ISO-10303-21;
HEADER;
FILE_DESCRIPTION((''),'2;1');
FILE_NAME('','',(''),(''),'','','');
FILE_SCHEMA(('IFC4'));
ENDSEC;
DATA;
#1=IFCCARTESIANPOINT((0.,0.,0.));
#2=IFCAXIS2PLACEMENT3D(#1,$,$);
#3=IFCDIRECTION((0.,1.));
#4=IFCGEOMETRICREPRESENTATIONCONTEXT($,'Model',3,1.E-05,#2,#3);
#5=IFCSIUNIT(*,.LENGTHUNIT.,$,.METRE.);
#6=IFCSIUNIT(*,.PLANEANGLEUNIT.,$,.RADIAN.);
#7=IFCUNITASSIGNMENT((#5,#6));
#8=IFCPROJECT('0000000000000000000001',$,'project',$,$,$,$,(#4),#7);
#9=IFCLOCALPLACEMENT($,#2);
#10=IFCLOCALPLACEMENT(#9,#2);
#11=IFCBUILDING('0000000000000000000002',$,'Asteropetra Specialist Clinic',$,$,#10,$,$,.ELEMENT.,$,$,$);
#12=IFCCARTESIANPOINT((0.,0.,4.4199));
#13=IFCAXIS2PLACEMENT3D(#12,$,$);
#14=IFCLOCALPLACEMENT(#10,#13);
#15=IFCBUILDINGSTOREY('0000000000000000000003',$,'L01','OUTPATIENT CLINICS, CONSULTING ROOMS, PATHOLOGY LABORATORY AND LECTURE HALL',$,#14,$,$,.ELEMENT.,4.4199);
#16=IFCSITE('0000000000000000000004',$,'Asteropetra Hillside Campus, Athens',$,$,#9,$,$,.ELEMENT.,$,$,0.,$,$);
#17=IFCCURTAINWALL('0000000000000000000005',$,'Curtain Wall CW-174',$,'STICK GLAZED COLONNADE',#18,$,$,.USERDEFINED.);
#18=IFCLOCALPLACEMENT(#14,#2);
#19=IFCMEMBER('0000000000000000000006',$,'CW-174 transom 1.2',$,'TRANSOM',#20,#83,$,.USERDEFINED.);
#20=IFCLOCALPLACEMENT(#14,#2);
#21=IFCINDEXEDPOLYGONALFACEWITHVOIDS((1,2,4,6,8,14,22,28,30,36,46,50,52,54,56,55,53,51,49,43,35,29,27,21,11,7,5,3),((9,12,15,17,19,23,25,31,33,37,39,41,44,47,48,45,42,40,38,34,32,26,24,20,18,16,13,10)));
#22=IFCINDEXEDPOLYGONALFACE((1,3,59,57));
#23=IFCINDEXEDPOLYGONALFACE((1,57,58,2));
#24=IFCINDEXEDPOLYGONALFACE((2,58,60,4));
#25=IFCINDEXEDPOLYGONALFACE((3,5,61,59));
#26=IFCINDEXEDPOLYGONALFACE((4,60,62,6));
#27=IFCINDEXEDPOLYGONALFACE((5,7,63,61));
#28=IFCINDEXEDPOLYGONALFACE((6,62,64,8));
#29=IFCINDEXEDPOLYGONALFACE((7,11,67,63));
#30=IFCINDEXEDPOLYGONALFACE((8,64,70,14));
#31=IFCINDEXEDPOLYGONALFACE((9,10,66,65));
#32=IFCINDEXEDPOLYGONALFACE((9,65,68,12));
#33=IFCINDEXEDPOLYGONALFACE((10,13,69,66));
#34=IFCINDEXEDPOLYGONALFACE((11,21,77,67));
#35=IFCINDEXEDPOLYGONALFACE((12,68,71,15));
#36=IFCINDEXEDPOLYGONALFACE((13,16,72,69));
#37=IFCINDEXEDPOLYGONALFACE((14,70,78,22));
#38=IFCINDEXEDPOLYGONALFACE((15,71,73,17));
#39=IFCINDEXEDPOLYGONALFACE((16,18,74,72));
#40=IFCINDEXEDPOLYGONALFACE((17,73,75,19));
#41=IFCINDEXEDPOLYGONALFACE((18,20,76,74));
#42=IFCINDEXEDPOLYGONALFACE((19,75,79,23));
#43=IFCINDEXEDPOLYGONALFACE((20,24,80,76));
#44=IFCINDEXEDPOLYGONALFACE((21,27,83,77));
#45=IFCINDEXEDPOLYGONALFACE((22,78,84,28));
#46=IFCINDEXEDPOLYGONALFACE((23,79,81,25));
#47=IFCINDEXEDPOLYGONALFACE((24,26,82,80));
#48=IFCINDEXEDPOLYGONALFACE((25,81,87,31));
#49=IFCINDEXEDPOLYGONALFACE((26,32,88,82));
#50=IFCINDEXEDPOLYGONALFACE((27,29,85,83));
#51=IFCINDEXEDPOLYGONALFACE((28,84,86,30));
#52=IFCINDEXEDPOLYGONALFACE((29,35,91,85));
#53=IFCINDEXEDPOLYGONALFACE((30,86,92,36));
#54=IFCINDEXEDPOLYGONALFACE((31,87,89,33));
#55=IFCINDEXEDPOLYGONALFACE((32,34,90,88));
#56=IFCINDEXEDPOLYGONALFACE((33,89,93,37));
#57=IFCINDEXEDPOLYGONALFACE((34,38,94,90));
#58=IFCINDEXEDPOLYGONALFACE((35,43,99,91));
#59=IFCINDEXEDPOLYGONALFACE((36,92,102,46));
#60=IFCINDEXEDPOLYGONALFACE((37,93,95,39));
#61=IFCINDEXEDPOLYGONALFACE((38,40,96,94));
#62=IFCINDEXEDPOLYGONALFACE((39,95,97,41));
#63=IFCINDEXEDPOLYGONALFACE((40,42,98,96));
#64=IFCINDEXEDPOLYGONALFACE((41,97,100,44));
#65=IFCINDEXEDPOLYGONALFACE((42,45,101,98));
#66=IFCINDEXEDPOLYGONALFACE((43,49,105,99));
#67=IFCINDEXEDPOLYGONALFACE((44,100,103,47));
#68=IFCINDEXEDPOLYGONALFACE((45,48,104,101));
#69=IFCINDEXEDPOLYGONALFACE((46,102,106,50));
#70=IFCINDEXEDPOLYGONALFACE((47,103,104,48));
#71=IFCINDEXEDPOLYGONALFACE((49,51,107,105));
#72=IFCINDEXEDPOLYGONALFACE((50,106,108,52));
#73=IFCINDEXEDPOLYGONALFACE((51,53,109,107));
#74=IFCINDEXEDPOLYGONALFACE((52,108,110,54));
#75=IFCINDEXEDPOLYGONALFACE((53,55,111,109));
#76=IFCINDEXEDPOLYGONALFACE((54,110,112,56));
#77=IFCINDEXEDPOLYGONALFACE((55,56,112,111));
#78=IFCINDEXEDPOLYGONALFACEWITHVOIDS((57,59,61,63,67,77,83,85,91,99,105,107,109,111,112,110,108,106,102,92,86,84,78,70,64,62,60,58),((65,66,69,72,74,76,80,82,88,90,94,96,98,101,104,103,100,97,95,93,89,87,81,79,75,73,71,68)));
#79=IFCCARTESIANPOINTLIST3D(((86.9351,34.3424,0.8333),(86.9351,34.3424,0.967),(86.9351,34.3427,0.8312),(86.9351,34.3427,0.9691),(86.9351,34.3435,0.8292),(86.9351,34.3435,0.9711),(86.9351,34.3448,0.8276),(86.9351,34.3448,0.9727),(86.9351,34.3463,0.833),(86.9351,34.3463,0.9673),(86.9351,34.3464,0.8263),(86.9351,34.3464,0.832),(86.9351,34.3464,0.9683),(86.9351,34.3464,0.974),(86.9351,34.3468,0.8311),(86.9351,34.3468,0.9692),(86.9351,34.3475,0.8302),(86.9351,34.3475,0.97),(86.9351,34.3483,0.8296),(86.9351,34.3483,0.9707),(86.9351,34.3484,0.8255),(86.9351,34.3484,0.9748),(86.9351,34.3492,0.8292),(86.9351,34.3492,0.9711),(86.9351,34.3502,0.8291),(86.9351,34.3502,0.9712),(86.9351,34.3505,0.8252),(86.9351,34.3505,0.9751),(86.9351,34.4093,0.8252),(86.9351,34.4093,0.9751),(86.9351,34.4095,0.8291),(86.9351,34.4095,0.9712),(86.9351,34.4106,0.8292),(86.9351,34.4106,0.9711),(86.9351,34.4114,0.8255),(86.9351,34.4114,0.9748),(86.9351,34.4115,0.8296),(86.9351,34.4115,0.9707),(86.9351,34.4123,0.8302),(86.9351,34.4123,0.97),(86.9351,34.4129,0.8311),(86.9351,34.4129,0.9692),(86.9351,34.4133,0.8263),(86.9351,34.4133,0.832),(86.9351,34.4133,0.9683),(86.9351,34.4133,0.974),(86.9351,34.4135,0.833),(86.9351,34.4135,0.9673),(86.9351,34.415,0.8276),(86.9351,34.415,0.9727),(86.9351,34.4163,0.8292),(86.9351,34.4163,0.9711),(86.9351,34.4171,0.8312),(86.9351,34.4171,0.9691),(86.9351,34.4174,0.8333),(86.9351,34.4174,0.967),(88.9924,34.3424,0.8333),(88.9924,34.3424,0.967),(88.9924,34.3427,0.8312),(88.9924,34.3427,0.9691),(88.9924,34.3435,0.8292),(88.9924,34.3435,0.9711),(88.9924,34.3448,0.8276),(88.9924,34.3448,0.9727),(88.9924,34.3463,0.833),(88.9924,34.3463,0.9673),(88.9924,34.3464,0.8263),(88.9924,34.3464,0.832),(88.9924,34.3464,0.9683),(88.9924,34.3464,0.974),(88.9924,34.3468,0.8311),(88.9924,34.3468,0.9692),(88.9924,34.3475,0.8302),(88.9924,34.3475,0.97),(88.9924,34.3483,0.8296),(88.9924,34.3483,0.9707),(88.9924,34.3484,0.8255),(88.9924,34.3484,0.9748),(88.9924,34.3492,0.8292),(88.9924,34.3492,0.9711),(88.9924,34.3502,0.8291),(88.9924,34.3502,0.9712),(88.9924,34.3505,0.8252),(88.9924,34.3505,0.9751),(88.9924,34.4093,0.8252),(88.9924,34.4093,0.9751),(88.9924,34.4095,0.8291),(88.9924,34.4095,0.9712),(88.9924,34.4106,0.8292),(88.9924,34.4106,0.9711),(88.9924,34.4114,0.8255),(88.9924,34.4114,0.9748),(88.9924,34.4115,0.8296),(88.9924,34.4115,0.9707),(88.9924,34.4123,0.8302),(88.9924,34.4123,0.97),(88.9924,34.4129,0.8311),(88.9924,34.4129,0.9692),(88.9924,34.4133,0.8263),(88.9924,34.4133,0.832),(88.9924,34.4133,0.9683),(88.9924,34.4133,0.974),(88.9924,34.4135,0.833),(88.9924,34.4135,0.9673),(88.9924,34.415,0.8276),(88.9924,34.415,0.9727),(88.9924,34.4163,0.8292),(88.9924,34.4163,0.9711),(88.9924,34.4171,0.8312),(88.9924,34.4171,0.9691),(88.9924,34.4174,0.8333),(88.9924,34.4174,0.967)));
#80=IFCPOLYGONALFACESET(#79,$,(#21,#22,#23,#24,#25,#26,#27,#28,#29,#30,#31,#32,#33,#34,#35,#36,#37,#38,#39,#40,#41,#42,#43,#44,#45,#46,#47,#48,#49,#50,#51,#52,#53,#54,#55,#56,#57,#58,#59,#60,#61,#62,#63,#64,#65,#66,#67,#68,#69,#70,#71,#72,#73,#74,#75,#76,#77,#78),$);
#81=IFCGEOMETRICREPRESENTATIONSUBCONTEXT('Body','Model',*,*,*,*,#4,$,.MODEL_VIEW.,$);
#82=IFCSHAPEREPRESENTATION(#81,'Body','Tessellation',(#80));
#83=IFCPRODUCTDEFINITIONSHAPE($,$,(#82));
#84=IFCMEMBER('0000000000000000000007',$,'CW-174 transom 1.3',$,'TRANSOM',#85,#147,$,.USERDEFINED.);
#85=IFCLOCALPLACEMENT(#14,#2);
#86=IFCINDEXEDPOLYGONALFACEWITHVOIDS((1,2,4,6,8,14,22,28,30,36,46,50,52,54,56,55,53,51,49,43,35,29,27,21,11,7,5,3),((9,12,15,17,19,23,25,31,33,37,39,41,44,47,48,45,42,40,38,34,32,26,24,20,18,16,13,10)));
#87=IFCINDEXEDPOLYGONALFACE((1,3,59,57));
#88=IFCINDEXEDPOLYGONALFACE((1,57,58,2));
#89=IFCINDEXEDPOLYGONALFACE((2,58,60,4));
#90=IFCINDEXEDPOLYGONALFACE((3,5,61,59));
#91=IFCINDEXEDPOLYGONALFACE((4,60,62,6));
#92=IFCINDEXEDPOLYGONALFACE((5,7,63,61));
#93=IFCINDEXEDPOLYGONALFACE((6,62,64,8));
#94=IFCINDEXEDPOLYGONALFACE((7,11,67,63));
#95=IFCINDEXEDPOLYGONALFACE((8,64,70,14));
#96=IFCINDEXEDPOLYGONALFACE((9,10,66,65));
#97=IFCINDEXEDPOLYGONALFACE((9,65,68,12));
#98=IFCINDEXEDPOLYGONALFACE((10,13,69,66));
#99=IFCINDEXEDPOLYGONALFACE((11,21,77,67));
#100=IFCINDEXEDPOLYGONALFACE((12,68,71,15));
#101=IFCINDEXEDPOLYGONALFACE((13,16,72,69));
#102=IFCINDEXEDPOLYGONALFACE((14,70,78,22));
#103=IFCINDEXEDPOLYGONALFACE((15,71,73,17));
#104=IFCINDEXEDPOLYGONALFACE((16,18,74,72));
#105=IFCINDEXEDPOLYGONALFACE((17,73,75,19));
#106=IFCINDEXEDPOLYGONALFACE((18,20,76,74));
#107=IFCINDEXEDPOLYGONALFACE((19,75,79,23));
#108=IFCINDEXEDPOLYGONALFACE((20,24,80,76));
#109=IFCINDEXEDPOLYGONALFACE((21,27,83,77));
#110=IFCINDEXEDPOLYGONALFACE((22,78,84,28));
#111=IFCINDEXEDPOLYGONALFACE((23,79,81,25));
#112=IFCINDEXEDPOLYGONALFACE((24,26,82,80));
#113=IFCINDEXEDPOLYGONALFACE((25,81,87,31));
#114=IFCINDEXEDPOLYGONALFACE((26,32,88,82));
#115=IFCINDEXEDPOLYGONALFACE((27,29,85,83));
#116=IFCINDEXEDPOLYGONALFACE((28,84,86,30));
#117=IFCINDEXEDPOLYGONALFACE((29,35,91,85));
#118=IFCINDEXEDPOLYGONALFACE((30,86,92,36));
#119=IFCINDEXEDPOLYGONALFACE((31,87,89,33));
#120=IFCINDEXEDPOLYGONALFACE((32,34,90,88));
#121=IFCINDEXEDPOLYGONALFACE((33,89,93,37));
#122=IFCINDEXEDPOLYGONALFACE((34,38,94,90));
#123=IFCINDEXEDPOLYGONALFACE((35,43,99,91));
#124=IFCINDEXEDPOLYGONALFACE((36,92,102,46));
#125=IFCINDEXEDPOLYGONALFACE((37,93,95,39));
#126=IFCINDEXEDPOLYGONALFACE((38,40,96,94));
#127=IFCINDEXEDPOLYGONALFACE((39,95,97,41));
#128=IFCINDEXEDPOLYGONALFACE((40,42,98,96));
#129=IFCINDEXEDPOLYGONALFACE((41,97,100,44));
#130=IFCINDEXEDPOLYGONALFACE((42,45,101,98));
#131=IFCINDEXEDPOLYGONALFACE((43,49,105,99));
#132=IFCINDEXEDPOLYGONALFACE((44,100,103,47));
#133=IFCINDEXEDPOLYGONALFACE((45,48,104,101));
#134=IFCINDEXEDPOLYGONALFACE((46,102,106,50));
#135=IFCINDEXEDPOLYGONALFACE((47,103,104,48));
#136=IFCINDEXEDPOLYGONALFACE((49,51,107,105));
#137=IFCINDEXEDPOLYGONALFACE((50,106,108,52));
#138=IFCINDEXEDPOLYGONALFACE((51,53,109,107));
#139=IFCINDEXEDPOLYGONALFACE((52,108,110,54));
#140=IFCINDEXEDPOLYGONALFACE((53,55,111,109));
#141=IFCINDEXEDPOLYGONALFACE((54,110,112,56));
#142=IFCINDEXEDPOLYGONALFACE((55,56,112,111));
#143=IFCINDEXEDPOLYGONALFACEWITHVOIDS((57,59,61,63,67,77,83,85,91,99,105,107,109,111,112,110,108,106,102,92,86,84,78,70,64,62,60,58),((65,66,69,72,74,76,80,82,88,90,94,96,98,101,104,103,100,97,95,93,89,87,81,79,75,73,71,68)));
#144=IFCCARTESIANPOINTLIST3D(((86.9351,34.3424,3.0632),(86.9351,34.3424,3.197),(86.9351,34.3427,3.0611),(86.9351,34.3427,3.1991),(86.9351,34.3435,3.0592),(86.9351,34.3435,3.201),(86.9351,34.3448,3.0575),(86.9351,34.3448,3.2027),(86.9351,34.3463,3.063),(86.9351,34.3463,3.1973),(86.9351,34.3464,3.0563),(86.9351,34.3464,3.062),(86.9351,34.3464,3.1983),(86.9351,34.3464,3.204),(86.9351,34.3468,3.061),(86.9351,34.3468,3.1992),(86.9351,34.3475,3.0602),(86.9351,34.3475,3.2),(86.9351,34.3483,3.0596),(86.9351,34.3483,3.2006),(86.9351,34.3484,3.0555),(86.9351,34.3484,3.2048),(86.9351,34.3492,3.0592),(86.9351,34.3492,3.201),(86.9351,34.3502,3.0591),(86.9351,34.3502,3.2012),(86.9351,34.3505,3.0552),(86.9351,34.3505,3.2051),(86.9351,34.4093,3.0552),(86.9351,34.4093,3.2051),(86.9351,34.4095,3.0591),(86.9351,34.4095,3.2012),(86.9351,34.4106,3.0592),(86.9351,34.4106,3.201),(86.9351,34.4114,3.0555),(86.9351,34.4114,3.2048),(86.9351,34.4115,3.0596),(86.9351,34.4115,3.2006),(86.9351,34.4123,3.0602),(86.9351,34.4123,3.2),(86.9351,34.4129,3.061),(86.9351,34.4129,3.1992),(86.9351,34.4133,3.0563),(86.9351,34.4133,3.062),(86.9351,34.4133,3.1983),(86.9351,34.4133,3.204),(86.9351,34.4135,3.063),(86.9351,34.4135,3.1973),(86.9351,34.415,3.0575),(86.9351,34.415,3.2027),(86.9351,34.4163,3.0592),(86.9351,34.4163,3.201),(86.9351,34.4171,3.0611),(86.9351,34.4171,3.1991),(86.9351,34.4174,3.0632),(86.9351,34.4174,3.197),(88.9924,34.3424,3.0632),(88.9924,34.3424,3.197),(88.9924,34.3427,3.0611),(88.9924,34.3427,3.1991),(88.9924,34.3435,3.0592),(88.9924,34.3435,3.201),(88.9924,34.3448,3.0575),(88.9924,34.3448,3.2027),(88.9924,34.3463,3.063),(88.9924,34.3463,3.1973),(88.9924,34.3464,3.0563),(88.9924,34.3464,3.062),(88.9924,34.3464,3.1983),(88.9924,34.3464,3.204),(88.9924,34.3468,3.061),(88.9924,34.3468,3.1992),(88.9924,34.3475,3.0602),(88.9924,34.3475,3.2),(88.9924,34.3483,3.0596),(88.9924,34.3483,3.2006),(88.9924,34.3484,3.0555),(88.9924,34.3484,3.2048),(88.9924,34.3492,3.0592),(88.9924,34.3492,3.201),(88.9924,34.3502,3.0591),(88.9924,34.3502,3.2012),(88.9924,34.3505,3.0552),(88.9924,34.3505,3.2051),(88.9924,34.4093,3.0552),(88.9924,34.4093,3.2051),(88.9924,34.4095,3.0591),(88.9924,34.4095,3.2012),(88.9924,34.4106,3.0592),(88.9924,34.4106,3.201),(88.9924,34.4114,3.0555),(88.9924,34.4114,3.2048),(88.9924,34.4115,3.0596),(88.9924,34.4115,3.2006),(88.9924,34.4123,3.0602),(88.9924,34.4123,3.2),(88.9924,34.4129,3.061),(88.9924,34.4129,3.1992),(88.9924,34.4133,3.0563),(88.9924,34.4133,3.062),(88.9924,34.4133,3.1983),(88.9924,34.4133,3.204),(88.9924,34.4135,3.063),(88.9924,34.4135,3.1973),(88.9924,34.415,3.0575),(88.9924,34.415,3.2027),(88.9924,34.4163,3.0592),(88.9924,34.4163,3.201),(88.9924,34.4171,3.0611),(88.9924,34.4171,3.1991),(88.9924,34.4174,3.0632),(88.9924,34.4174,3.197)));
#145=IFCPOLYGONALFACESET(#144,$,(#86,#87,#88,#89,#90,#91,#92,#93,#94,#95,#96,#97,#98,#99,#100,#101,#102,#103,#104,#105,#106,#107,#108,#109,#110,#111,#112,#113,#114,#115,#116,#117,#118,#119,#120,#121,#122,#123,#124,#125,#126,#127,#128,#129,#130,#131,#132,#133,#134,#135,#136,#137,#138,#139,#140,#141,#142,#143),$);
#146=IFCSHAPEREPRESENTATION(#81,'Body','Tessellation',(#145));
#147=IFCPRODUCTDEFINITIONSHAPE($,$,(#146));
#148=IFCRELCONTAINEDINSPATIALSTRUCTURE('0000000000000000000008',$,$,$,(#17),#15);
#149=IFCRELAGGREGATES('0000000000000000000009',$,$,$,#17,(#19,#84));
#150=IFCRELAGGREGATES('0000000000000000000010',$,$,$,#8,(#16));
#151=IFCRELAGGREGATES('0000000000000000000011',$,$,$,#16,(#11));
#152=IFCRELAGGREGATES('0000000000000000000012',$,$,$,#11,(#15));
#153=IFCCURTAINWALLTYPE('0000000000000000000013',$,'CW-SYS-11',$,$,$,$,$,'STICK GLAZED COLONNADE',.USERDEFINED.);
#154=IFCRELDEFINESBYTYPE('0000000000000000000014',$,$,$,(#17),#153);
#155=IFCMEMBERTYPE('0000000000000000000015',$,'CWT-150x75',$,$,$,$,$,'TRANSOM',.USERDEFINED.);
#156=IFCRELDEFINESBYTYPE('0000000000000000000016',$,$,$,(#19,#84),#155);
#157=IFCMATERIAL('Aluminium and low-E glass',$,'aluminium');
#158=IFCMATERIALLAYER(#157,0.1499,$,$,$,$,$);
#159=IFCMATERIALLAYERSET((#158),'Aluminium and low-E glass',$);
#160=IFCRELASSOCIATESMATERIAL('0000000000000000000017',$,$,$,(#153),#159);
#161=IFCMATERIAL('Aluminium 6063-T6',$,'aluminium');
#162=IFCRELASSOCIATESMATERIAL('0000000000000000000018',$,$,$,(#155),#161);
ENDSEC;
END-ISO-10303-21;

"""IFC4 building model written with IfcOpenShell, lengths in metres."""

from ifc_helpers import new_model, si_unit, direction, frame, origin, origin_2d, place, context, subcontext, project, spatial, hollow_rectangle, extrude, material, layer, layer_set, material_profile, profile_set, type_object, element, aggregate, save


model = new_model("IFC4")

# Units and contexts
model_context = context("Model", 3, precision=1e-05, world=origin(), true_north=direction((0.0, 1.0)))
body_context = subcontext(model_context, "Body", "Model", "MODEL_VIEW")
ifc_project = project(units=[si_unit("LENGTHUNIT", "METRE"), si_unit("PLANEANGLEUNIT", "RADIAN")], contexts=[model_context])

# Site, building, storey
site_placement = place(None, origin())
site = spatial("IfcSite", under=ifc_project, at=site_placement, Name="Asteropetra Hillside Campus, Athens", CompositionType="ELEMENT", RefElevation=0.0)
building_placement = place(site_placement, origin())
building = spatial("IfcBuilding", under=site, at=building_placement, Name="Asteropetra Specialist Clinic", CompositionType="ELEMENT")
storey_placement = place(building_placement, frame((0.0, 0.0, 4.4199)))
storey = spatial("IfcBuildingStorey", under=building, at=storey_placement, Name="L01", Description="OUTPATIENT CLINICS, CONSULTING ROOMS, PATHOLOGY LABORATORY AND LECTURE HALL", CompositionType="ELEMENT", Elevation=4.4199)

# Curtain wall, members
ifc_material_1 = material(Name="Aluminium and low-E glass", Category="aluminium")
ifc_layer_1 = layer(ifc_material_1, 0.1499)
ifc_layer_set_1 = layer_set([ifc_layer_1], Name="Aluminium and low-E glass")
curtain_wall_type = type_object("IfcCurtainWallType", Name="CW-SYS-11", ElementType="STICK GLAZED COLONNADE", PredefinedType="USERDEFINED", material=ifc_layer_set_1)
curtain_wall_placement = place(storey_placement, origin())
curtain_wall = element("IfcCurtainWall", 1, at=curtain_wall_placement, inside=storey, type_object=curtain_wall_type, Name="Curtain Wall CW-174", ObjectType="STICK GLAZED COLONNADE", PredefinedType="USERDEFINED")
ifc_material_2 = material(Name="Aluminium 6063-T6", Category="aluminium")
ifc_material_profile_1 = material_profile(ifc_material_2, hollow_rectangle(XDim=0.075, YDim=0.1499, WallThickness=0.0039, InnerFilletRadius=0.0039, OuterFilletRadius=0.0081, at=origin_2d()), Name="TRN 150x75x4.0")
ifc_profile_set_1 = profile_set([ifc_material_profile_1], Name="Aluminium 6063-T6")
member_type_1 = type_object("IfcMemberType", Name="CWT-150x75", ElementType="TRANSOM", PredefinedType="USERDEFINED", material=ifc_profile_set_1)
member_1_placement = place(storey_placement, frame((86.9351, 34.3799, 0.9001), z_axis=(1.0, 0.0, 0.0), x_axis=(0.0, 1.0, 0.0)))
member_1 = element("IfcMember", 2, at=member_1_placement, type_object=member_type_1, Name="CW-174 transom 1.2", ObjectType="TRANSOM", PredefinedType="USERDEFINED", context=body_context, shape_type="SweptSolid", body=[
    extrude(hollow_rectangle(XDim=0.075, YDim=0.1499, WallThickness=0.0039, InnerFilletRadius=0.0039, OuterFilletRadius=0.0081, at=origin_2d()), origin(), (0.0, 0.0, 1.0), 2.0574),
])
member_2_placement = place(storey_placement, frame((86.9351, 34.3799, 3.1301), z_axis=(1.0, 0.0, 0.0), x_axis=(0.0, 1.0, 0.0)))
member_2 = element("IfcMember", 3, at=member_2_placement, type_object=member_type_1, Name="CW-174 transom 1.3", ObjectType="TRANSOM", PredefinedType="USERDEFINED", context=body_context, shape_type="SweptSolid", body=[
    extrude(hollow_rectangle(XDim=0.075, YDim=0.1499, WallThickness=0.0039, InnerFilletRadius=0.0039, OuterFilletRadius=0.0081, at=origin_2d()), origin(), (0.0, 0.0, 1.0), 2.0574),
])

aggregate(curtain_wall, [member_1, member_2])

save(model, "model.ifc")
